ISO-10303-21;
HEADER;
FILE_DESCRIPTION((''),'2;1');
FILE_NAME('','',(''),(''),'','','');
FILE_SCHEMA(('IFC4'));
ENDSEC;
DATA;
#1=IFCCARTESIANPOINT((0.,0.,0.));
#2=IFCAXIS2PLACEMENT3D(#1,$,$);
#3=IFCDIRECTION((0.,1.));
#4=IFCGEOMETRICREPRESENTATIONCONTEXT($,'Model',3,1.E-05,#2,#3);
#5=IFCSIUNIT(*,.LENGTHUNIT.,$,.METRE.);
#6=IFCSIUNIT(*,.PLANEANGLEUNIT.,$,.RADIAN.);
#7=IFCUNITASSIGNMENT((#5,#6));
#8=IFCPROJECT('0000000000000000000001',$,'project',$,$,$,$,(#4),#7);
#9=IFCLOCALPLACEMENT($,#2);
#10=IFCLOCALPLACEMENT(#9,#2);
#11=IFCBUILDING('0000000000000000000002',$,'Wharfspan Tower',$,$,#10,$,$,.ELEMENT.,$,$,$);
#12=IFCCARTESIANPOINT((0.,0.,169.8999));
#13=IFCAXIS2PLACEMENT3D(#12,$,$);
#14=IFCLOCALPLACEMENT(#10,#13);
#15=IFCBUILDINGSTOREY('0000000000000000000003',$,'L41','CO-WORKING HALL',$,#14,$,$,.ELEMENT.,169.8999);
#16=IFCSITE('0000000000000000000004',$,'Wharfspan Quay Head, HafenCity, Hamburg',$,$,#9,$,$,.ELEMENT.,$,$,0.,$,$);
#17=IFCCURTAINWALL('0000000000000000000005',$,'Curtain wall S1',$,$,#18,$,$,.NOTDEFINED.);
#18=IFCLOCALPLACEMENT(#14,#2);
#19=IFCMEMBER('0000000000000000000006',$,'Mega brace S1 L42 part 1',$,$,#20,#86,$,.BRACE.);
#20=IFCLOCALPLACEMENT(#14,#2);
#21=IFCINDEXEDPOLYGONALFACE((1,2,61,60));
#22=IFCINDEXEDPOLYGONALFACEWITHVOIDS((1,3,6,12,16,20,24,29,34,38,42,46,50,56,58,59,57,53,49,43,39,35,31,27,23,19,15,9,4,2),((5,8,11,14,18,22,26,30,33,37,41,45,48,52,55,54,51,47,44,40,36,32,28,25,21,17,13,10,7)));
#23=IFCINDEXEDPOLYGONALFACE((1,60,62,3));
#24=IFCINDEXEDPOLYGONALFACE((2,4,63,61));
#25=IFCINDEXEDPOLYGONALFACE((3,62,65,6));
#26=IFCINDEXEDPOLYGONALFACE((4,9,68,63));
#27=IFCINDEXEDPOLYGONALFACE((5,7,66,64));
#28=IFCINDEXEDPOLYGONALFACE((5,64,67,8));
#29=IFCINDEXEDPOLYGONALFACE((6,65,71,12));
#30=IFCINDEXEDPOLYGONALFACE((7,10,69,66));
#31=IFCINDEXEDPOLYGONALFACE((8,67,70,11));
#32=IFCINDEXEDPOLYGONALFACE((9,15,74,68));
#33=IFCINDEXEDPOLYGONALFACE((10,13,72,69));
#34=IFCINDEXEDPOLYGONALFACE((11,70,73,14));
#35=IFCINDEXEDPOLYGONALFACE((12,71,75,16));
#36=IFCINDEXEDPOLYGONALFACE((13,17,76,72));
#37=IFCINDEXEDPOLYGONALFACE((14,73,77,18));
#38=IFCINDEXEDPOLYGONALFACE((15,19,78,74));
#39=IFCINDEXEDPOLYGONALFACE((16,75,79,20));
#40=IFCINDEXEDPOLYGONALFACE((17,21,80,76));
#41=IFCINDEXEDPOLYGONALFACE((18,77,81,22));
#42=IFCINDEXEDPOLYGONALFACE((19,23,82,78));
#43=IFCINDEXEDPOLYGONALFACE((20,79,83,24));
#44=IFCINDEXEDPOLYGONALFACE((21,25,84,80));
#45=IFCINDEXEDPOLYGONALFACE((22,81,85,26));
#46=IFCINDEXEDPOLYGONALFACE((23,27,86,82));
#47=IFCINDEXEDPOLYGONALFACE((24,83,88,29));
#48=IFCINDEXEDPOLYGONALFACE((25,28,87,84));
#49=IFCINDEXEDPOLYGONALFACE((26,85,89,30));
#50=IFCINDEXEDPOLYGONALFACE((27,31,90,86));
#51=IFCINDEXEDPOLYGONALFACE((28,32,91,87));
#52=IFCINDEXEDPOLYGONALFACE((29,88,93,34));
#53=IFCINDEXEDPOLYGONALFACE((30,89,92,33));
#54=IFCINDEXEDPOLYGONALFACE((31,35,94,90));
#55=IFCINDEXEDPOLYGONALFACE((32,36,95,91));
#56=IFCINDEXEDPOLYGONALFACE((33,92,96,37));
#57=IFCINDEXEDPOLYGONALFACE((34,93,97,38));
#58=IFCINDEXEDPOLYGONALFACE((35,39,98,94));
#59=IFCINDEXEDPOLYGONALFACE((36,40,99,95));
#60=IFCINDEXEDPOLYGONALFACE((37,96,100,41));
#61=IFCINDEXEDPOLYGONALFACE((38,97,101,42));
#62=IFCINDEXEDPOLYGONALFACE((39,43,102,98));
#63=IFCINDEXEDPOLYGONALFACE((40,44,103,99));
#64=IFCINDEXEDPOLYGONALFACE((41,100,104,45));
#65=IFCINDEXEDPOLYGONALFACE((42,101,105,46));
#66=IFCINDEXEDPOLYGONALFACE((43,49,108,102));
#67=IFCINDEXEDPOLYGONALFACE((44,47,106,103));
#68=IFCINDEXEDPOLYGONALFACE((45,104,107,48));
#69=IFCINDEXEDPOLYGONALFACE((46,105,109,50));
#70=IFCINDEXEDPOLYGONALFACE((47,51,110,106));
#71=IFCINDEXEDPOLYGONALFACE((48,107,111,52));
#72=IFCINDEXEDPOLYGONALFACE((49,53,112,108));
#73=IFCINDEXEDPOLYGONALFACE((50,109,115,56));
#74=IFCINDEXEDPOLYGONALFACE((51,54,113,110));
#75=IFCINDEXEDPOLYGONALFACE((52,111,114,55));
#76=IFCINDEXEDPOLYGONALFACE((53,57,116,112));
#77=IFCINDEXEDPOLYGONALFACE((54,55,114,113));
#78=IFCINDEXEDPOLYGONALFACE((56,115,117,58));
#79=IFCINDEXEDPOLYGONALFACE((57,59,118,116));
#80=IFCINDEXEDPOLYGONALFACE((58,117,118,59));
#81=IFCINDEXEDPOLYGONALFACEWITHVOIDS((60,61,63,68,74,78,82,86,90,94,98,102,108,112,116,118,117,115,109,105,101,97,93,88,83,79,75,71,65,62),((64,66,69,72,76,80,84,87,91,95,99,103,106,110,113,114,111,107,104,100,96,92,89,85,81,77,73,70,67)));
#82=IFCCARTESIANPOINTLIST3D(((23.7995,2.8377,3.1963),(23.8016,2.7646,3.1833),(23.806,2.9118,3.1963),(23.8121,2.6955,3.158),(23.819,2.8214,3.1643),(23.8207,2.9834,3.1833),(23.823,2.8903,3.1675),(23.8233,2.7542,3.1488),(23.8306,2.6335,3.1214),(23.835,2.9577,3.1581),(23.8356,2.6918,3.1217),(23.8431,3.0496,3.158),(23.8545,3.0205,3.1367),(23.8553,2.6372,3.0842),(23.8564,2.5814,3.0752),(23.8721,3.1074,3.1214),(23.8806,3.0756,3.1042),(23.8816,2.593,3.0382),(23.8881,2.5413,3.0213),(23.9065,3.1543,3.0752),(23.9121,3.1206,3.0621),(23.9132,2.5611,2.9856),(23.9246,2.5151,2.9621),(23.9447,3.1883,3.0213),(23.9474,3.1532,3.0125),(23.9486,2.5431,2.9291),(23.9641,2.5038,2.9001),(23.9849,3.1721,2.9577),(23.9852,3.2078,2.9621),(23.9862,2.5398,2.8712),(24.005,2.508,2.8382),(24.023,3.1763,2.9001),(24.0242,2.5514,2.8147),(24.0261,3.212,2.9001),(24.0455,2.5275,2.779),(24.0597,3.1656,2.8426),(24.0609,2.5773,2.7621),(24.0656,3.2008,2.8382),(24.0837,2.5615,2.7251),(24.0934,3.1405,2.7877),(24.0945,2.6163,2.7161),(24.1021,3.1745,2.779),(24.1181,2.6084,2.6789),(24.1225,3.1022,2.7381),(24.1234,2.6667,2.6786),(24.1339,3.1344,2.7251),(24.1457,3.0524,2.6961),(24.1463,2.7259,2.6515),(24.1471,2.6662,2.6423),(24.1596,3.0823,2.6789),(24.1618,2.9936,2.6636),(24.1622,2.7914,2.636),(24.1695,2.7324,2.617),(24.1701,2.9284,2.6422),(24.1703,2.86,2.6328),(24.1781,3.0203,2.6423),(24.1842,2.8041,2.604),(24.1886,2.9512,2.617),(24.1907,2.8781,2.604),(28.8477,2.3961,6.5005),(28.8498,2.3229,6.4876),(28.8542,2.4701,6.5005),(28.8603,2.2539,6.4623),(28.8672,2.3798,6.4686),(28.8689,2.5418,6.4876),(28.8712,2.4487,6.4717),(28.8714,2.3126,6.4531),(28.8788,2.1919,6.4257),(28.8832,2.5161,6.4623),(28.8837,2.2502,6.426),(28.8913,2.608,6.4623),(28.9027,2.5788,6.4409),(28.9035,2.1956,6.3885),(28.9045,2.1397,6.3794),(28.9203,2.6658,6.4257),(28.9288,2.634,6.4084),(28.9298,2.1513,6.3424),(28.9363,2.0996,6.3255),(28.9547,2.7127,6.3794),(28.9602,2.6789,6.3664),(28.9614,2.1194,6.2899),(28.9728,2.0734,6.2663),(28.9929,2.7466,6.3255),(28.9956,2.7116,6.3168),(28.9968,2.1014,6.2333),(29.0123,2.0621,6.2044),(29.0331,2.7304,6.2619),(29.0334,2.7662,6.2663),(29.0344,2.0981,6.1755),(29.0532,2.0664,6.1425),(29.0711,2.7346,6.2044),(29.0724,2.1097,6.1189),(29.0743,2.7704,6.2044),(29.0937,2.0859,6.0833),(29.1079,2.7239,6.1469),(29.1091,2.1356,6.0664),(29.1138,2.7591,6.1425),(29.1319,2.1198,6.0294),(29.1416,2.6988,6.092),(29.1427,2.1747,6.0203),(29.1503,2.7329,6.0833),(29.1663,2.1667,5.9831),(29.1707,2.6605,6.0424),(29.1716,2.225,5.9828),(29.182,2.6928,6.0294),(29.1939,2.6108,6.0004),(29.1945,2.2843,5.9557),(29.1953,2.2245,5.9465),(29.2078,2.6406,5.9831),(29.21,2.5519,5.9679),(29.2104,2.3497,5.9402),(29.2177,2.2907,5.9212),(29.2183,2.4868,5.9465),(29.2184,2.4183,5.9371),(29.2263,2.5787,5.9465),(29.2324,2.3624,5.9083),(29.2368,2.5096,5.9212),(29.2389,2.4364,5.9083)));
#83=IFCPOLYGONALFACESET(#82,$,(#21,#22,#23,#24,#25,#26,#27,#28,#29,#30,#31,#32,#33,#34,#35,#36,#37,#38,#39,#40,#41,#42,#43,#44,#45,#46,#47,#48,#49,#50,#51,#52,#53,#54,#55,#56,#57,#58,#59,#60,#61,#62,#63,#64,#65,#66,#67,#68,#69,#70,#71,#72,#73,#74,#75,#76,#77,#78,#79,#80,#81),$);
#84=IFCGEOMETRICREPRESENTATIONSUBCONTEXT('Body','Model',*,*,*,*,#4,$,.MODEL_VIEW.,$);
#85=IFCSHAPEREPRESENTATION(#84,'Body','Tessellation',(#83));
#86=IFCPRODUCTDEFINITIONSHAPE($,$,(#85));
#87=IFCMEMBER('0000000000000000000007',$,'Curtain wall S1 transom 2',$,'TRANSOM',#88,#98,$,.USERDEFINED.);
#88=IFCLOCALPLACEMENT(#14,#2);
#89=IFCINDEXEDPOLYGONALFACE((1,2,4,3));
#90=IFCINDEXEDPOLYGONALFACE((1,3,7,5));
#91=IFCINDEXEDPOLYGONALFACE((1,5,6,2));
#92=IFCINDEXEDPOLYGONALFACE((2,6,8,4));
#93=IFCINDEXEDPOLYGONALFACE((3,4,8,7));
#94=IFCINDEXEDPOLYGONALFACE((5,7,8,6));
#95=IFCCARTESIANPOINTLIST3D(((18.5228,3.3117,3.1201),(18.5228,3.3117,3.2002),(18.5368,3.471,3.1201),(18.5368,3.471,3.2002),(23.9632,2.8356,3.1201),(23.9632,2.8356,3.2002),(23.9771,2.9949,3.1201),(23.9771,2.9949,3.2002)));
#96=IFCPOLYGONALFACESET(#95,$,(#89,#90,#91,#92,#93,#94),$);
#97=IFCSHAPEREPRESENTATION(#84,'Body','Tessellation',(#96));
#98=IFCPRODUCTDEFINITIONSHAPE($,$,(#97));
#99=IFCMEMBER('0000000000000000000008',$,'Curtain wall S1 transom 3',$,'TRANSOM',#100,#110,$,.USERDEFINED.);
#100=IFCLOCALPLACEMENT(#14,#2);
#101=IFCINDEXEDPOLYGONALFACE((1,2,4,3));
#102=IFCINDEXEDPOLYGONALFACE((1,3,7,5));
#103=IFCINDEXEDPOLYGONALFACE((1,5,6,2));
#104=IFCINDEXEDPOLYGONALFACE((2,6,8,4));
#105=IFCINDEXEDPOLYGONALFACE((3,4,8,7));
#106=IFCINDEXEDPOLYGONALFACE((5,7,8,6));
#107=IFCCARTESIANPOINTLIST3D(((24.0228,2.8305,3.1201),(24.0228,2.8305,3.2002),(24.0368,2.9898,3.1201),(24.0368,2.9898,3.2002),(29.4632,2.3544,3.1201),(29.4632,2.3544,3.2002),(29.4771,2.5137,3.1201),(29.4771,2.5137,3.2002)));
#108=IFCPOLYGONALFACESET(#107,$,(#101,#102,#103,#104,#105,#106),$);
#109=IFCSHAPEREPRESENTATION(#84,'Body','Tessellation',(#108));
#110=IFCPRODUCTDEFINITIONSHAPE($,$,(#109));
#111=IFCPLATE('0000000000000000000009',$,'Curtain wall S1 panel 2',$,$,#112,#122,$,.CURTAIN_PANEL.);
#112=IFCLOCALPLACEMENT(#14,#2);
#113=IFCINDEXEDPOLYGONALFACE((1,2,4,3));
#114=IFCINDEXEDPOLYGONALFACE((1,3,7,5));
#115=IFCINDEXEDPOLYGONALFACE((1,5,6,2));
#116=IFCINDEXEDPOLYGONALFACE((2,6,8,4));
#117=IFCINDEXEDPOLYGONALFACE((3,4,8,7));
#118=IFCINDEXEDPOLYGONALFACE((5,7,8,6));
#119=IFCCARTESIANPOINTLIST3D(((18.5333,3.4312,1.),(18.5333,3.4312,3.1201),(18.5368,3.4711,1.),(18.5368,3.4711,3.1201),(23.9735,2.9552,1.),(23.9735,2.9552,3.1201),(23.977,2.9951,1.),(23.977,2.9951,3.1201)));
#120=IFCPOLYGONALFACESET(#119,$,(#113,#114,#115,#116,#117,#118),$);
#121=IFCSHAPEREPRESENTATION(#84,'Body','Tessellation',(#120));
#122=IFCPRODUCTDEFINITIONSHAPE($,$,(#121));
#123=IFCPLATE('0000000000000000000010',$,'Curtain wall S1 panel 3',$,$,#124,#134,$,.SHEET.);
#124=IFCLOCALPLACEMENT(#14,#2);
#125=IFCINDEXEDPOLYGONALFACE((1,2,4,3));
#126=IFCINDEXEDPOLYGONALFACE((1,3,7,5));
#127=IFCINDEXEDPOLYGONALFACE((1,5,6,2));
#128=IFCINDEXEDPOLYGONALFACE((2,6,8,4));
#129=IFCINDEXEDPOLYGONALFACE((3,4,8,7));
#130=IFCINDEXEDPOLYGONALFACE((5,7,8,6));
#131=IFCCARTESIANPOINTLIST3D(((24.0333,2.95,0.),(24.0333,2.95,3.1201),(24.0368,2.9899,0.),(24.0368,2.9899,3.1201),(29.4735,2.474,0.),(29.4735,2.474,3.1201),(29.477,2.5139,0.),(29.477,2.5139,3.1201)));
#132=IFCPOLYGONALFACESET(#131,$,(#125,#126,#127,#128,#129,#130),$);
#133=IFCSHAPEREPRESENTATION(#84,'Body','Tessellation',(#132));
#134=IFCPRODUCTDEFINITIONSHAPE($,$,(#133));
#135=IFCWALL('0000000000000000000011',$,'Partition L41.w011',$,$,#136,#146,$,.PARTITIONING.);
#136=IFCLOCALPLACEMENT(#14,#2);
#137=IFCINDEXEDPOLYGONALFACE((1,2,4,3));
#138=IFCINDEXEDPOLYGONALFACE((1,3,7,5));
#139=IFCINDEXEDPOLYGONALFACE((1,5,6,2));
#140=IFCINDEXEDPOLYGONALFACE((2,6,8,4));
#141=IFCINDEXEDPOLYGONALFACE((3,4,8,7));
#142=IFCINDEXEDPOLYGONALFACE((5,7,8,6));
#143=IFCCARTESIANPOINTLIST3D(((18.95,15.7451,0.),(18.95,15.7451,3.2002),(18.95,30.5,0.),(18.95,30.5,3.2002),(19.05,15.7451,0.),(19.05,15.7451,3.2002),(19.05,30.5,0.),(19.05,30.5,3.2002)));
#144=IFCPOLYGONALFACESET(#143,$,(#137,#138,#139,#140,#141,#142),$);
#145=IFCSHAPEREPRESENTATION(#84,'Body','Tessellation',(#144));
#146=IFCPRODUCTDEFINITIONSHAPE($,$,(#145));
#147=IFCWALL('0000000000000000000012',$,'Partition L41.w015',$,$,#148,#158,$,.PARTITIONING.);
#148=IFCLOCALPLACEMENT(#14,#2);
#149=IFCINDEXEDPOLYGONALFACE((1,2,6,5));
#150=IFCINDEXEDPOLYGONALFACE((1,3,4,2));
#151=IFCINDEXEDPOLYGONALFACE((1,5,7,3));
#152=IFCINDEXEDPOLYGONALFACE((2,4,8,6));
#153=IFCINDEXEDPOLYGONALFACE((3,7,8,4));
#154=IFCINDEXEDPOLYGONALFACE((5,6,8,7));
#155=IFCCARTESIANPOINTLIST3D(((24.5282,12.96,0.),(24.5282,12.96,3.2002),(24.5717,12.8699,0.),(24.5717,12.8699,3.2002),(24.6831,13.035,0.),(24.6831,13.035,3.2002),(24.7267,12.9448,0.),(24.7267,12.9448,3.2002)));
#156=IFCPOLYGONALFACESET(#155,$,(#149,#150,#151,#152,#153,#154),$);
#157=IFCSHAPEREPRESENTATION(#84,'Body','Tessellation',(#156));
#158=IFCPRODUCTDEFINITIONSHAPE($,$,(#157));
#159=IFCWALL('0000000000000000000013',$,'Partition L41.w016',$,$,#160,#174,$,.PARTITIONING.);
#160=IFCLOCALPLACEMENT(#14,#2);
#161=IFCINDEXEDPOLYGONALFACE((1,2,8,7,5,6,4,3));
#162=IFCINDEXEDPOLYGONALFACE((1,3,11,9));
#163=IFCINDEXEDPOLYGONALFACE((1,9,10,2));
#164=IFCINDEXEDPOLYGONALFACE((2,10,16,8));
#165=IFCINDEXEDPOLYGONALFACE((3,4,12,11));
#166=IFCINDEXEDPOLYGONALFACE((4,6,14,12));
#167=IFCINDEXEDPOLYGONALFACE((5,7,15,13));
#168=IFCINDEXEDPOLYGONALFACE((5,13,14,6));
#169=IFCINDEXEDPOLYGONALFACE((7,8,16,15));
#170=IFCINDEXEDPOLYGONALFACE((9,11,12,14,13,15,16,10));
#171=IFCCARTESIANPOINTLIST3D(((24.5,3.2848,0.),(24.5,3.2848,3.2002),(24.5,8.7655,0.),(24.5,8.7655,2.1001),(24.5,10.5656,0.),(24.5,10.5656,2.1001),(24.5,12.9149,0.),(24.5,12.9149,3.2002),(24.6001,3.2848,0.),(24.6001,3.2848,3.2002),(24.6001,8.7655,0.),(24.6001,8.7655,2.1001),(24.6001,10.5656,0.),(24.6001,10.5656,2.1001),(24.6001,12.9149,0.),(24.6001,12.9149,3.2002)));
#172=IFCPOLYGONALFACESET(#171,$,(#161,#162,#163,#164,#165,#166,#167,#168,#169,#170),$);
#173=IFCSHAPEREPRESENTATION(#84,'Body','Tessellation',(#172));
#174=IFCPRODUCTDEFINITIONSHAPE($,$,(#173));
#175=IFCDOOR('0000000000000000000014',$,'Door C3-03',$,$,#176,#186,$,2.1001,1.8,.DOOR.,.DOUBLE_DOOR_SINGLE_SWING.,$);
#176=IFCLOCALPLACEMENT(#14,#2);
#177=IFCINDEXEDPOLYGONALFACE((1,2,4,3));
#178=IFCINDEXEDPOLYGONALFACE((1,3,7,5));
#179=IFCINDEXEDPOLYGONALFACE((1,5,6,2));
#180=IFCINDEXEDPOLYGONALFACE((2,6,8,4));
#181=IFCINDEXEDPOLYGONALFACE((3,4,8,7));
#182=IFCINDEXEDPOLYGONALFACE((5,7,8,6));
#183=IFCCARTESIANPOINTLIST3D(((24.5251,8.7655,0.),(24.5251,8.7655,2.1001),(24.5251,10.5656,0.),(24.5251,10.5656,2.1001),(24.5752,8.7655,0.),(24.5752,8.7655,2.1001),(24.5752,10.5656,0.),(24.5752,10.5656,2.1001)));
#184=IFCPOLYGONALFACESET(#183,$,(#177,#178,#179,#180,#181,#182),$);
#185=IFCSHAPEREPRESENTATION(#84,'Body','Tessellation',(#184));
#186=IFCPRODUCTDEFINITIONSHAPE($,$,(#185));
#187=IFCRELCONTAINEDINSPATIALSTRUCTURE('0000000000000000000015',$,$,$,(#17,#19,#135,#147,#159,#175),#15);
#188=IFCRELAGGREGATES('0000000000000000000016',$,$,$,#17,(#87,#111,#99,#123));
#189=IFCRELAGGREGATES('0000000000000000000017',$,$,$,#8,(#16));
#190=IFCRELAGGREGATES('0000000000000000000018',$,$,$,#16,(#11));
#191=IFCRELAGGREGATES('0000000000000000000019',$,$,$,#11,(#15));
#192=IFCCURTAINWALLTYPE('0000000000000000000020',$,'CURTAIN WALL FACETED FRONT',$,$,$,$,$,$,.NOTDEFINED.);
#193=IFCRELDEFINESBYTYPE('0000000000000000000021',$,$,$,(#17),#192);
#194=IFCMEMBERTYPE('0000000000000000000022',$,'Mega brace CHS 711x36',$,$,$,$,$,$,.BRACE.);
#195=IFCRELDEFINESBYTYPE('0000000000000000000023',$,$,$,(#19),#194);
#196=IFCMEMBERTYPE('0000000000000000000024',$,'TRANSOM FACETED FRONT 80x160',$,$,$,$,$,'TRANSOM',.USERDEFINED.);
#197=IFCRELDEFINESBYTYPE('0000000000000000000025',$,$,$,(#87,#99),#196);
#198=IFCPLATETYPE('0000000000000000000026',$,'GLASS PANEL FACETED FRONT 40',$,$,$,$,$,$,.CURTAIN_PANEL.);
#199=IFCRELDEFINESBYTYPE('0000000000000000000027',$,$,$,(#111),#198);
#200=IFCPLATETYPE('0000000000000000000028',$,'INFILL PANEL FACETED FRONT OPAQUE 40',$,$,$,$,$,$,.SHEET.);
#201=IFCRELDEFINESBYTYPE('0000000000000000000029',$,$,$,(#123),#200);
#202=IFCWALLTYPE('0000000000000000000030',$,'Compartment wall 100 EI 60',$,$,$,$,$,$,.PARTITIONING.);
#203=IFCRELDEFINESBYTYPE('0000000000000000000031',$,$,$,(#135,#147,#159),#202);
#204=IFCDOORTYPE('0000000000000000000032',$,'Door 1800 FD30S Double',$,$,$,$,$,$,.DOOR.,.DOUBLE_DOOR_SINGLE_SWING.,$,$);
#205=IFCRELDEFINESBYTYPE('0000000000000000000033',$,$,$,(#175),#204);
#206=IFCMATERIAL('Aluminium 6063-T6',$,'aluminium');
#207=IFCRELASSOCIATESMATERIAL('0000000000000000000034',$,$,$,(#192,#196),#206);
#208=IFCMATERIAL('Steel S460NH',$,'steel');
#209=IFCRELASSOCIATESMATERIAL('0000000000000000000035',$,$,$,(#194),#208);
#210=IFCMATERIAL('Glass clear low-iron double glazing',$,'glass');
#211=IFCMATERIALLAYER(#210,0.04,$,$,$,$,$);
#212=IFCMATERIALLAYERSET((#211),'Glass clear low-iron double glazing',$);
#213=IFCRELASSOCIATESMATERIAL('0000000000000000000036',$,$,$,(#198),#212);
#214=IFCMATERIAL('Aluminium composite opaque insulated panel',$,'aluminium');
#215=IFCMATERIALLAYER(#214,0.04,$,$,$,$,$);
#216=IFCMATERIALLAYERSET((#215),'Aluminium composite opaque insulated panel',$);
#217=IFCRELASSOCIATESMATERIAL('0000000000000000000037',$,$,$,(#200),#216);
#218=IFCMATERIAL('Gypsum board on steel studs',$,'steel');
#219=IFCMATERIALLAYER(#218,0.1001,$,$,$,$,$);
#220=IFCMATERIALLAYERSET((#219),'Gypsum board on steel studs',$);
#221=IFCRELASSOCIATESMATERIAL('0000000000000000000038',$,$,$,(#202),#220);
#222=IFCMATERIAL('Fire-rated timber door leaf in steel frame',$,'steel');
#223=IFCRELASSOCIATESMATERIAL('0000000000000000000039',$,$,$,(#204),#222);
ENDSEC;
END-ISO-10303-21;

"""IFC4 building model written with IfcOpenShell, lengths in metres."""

from ifc_helpers import new_model, si_unit, direction, frame, frame_2d, origin, origin_2d, place, context, subcontext, project, spatial, rectangle, hollow_circle, extrude, material, layer, layer_set, material_profile, profile_set, type_object, element, fill, aggregate, save


model = new_model("IFC4")

# Units and contexts
model_context = context("Model", 3, precision=1e-05, world=origin(), true_north=direction((0.0, 1.0)))
body_context = subcontext(model_context, "Body", "Model", "MODEL_VIEW")
ifc_project = project(units=[si_unit("LENGTHUNIT", "METRE"), si_unit("PLANEANGLEUNIT", "RADIAN")], contexts=[model_context])

# Site, building, storey
site_placement = place(None, origin())
site = spatial("IfcSite", under=ifc_project, at=site_placement, Name="Wharfspan Quay Head, HafenCity, Hamburg", CompositionType="ELEMENT", RefElevation=0.0)
building_placement = place(site_placement, origin())
building = spatial("IfcBuilding", under=site, at=building_placement, Name="Wharfspan Tower", CompositionType="ELEMENT")
storey_placement = place(building_placement, frame((0.0, 0.0, 169.8999)))
storey = spatial("IfcBuildingStorey", under=building, at=storey_placement, Name="L41", Description="CO-WORKING HALL", CompositionType="ELEMENT", Elevation=169.8999)

# Curtain wall
ifc_material_1 = material(Name="Aluminium 6063-T6", Category="aluminium")
curtain_wall_type = type_object("IfcCurtainWallType", Name="CURTAIN WALL FACETED FRONT", PredefinedType="NOTDEFINED", material=ifc_material_1)
curtain_wall_placement = place(storey_placement, origin())
curtain_wall = element("IfcCurtainWall", 1, at=curtain_wall_placement, inside=storey, type_object=curtain_wall_type, Name="Curtain wall S1", PredefinedType="NOTDEFINED")

# Members
ifc_material_2 = material(Name="Steel S460NH", Category="steel")
ifc_material_profile_1 = material_profile(ifc_material_2, hollow_circle(Radius=0.3555, WallThickness=0.0359, at=origin_2d()))
ifc_profile_set_1 = profile_set([ifc_material_profile_1], Name="Steel S460NH")
member_type_1 = type_object("IfcMemberType", Name="Mega brace CHS 711x36", PredefinedType="BRACE", material=ifc_profile_set_1)
member_1_placement = place(storey_placement, frame((23.9951, 2.8579, 2.9001), z_axis=(0.834469, -0.073006, 0.546197), x_axis=(0.087156, 0.996198, -0.000001)))
element("IfcMember", 2, at=member_1_placement, inside=storey, type_object=member_type_1, Name="Mega brace S1 L42 part 1", PredefinedType="BRACE", context=body_context, shape_type="SweptSolid", body=[
    extrude(hollow_circle(Radius=0.3555, WallThickness=0.0359, at=origin_2d()), origin(), (0.0, 0.0, 1.0), 6.0496),
])
ifc_material_profile_2 = material_profile(ifc_material_1, rectangle(XDim=0.1599, YDim=0.0801, at=origin_2d()))
ifc_profile_set_2 = profile_set([ifc_material_profile_2], Name="Aluminium 6063-T6")
member_type_2 = type_object("IfcMemberType", Name="TRANSOM FACETED FRONT 80x160", ElementType="TRANSOM", PredefinedType="USERDEFINED", material=ifc_profile_set_2)
member_2_placement = place(storey_placement, frame((18.5298, 3.3914, 3.1602), z_axis=(0.996193, -0.087174, 0.0), x_axis=(0.087174, 0.996193, 0.0)))
member_2 = element("IfcMember", 3, at=member_2_placement, type_object=member_type_2, Name="Curtain wall S1 transom 2", ObjectType="TRANSOM", PredefinedType="USERDEFINED", context=body_context, shape_type="SweptSolid", body=[
    extrude(rectangle(XDim=0.1599, YDim=0.0801, at=origin_2d()), origin(), (0.0, 0.0, 1.0), 5.4612),
])
member_3_placement = place(storey_placement, frame((24.0298, 2.9102, 3.1602), z_axis=(0.996193, -0.087174, 0.0), x_axis=(0.087174, 0.996193, 0.0)))
member_3 = element("IfcMember", 4, at=member_3_placement, type_object=member_type_2, Name="Curtain wall S1 transom 3", ObjectType="TRANSOM", PredefinedType="USERDEFINED", context=body_context, shape_type="SweptSolid", body=[
    extrude(rectangle(XDim=0.1599, YDim=0.0801, at=origin_2d()), origin(), (0.0, 0.0, 1.0), 5.4612),
])

# Plates
ifc_material_3 = material(Name="Glass clear low-iron double glazing", Category="glass")
ifc_layer_1 = layer(ifc_material_3, 0.04)
ifc_layer_set_1 = layer_set([ifc_layer_1], Name="Glass clear low-iron double glazing")
plate_type_1 = type_object("IfcPlateType", Name="GLASS PANEL FACETED FRONT 40", PredefinedType="CURTAIN_PANEL", material=ifc_layer_set_1)
plate_1_placement = place(storey_placement, frame((21.2551, 3.2131, 1.0), z_axis=(0.0, 0.0, 1.0), x_axis=(0.996198, -0.087156, 0.0)))
plate_1 = element("IfcPlate", 5, at=plate_1_placement, type_object=plate_type_1, Name="Curtain wall S1 panel 2", PredefinedType="CURTAIN_PANEL", context=body_context, shape_type="SweptSolid", body=[
    extrude(rectangle(XDim=5.4609, YDim=0.04, at=origin_2d()), origin(), (0.0, 0.0, 1.0), 2.1201),
])
ifc_material_4 = material(Name="Aluminium composite opaque insulated panel", Category="aluminium")
ifc_layer_2 = layer(ifc_material_4, 0.04)
ifc_layer_set_2 = layer_set([ifc_layer_2], Name="Aluminium composite opaque insulated panel")
plate_type_2 = type_object("IfcPlateType", Name="INFILL PANEL FACETED FRONT OPAQUE 40", PredefinedType="SHEET", material=ifc_layer_set_2)
plate_2_placement = place(storey_placement, frame((26.7551, 2.7319, 0.0), z_axis=(0.0, 0.0, 1.0), x_axis=(0.996198, -0.087156, 0.0)))
plate_2 = element("IfcPlate", 6, at=plate_2_placement, type_object=plate_type_2, Name="Curtain wall S1 panel 3", PredefinedType="SHEET", context=body_context, shape_type="SweptSolid", body=[
    extrude(rectangle(XDim=5.4609, YDim=0.04, at=origin_2d()), origin(), (0.0, 0.0, 1.0), 3.1201),
])
aggregate(curtain_wall, [member_2, plate_1, member_3, plate_2])

# Walls
ifc_material_5 = material(Name="Gypsum board on steel studs", Category="steel")
ifc_layer_3 = layer(ifc_material_5, 0.1001)
ifc_layer_set_3 = layer_set([ifc_layer_3], Name="Gypsum board on steel studs")
wall_type_1 = type_object("IfcWallType", Name="Compartment wall 100 EI 60", PredefinedType="PARTITIONING", material=ifc_layer_set_3)
wall_1_placement = place(storey_placement, frame((19.0, 15.7451, 0.0), z_axis=(0.0, 0.0, 1.0), x_axis=(0.0, 1.0, 0.0)))
element("IfcWall", 7, at=wall_1_placement, inside=storey, type_object=wall_type_1, Name="Partition L41.w011", PredefinedType="PARTITIONING", context=body_context, shape_type="SweptSolid", body=[
    extrude(rectangle(XDim=14.7549, YDim=0.1001, at=frame_2d((7.3774, 0.0))), origin(), (0.0, 0.0, 1.0), 3.2002),
])
wall_2_placement = place(storey_placement, frame((24.55, 12.915, 0.0), z_axis=(0.0, 0.0, 1.0), x_axis=(0.900306, 0.435266, 0.0)))
element("IfcWall", 8, at=wall_2_placement, inside=storey, type_object=wall_type_1, Name="Partition L41.w015", PredefinedType="PARTITIONING", context=body_context, shape_type="SweptSolid", body=[
    extrude(rectangle(XDim=0.1721, YDim=0.1001, at=frame_2d((0.0859, 0.0))), origin(), (0.0, 0.0, 1.0), 3.2002),
])

# Wall, opening, door
wall_3_placement = place(storey_placement, frame((24.55, 3.2849, 0.0), z_axis=(0.0, 0.0, 1.0), x_axis=(0.0, 1.0, 0.0)))
wall_3 = element("IfcWall", 9, at=wall_3_placement, inside=storey, type_object=wall_type_1, Name="Partition L41.w016", PredefinedType="PARTITIONING", context=body_context, shape_type="SweptSolid", body=[
    extrude(rectangle(XDim=9.6301, YDim=0.1001, at=frame_2d((4.8149, 0.0))), origin(), (0.0, 0.0, 1.0), 3.2002),
])
opening_1_placement = place(wall_3_placement, frame((5.4807, 0.0, 0.0)))
opening_1 = element("IfcOpeningElement", 10, at=opening_1_placement, cuts=wall_3, PredefinedType="OPENING", context=body_context, shape_type="SweptSolid", body=[
    extrude(rectangle(XDim=1.8, YDim=2.1001, at=frame_2d((0.8999, 1.05))), frame((0.0, 0.0601, 0.0), z_axis=(0.0, -1.0, 0.0), x_axis=(1.0, 0.0, 0.0)), (0.0, 0.0, 1.0), 0.1201),
])
ifc_material_6 = material(Name="Fire-rated timber door leaf in steel frame", Category="steel")
door_type_1 = type_object("IfcDoorType", Name="Door 1800 FD30S Double", OperationType="DOUBLE_DOOR_SINGLE_SWING", PredefinedType="DOOR", material=ifc_material_6)
door_1_placement = place(opening_1_placement, origin())
door_1 = element("IfcDoor", 11, at=door_1_placement, inside=storey, type_object=door_type_1, Name="Door C3-03", OperationType="DOUBLE_DOOR_SINGLE_SWING", OverallHeight=2.1001, OverallWidth=1.8, PredefinedType="DOOR", context=body_context, shape_type="SweptSolid", body=[
    extrude(rectangle(XDim=1.8, YDim=2.1001, at=frame_2d((0.8999, 1.05))), frame((0.0, 0.0249, 0.0), z_axis=(0.0, -1.0, 0.0), x_axis=(1.0, 0.0, 0.0)), (0.0, 0.0, 1.0), 0.05),
])
fill(opening_1, door_1)

save(model, "model.ifc")
